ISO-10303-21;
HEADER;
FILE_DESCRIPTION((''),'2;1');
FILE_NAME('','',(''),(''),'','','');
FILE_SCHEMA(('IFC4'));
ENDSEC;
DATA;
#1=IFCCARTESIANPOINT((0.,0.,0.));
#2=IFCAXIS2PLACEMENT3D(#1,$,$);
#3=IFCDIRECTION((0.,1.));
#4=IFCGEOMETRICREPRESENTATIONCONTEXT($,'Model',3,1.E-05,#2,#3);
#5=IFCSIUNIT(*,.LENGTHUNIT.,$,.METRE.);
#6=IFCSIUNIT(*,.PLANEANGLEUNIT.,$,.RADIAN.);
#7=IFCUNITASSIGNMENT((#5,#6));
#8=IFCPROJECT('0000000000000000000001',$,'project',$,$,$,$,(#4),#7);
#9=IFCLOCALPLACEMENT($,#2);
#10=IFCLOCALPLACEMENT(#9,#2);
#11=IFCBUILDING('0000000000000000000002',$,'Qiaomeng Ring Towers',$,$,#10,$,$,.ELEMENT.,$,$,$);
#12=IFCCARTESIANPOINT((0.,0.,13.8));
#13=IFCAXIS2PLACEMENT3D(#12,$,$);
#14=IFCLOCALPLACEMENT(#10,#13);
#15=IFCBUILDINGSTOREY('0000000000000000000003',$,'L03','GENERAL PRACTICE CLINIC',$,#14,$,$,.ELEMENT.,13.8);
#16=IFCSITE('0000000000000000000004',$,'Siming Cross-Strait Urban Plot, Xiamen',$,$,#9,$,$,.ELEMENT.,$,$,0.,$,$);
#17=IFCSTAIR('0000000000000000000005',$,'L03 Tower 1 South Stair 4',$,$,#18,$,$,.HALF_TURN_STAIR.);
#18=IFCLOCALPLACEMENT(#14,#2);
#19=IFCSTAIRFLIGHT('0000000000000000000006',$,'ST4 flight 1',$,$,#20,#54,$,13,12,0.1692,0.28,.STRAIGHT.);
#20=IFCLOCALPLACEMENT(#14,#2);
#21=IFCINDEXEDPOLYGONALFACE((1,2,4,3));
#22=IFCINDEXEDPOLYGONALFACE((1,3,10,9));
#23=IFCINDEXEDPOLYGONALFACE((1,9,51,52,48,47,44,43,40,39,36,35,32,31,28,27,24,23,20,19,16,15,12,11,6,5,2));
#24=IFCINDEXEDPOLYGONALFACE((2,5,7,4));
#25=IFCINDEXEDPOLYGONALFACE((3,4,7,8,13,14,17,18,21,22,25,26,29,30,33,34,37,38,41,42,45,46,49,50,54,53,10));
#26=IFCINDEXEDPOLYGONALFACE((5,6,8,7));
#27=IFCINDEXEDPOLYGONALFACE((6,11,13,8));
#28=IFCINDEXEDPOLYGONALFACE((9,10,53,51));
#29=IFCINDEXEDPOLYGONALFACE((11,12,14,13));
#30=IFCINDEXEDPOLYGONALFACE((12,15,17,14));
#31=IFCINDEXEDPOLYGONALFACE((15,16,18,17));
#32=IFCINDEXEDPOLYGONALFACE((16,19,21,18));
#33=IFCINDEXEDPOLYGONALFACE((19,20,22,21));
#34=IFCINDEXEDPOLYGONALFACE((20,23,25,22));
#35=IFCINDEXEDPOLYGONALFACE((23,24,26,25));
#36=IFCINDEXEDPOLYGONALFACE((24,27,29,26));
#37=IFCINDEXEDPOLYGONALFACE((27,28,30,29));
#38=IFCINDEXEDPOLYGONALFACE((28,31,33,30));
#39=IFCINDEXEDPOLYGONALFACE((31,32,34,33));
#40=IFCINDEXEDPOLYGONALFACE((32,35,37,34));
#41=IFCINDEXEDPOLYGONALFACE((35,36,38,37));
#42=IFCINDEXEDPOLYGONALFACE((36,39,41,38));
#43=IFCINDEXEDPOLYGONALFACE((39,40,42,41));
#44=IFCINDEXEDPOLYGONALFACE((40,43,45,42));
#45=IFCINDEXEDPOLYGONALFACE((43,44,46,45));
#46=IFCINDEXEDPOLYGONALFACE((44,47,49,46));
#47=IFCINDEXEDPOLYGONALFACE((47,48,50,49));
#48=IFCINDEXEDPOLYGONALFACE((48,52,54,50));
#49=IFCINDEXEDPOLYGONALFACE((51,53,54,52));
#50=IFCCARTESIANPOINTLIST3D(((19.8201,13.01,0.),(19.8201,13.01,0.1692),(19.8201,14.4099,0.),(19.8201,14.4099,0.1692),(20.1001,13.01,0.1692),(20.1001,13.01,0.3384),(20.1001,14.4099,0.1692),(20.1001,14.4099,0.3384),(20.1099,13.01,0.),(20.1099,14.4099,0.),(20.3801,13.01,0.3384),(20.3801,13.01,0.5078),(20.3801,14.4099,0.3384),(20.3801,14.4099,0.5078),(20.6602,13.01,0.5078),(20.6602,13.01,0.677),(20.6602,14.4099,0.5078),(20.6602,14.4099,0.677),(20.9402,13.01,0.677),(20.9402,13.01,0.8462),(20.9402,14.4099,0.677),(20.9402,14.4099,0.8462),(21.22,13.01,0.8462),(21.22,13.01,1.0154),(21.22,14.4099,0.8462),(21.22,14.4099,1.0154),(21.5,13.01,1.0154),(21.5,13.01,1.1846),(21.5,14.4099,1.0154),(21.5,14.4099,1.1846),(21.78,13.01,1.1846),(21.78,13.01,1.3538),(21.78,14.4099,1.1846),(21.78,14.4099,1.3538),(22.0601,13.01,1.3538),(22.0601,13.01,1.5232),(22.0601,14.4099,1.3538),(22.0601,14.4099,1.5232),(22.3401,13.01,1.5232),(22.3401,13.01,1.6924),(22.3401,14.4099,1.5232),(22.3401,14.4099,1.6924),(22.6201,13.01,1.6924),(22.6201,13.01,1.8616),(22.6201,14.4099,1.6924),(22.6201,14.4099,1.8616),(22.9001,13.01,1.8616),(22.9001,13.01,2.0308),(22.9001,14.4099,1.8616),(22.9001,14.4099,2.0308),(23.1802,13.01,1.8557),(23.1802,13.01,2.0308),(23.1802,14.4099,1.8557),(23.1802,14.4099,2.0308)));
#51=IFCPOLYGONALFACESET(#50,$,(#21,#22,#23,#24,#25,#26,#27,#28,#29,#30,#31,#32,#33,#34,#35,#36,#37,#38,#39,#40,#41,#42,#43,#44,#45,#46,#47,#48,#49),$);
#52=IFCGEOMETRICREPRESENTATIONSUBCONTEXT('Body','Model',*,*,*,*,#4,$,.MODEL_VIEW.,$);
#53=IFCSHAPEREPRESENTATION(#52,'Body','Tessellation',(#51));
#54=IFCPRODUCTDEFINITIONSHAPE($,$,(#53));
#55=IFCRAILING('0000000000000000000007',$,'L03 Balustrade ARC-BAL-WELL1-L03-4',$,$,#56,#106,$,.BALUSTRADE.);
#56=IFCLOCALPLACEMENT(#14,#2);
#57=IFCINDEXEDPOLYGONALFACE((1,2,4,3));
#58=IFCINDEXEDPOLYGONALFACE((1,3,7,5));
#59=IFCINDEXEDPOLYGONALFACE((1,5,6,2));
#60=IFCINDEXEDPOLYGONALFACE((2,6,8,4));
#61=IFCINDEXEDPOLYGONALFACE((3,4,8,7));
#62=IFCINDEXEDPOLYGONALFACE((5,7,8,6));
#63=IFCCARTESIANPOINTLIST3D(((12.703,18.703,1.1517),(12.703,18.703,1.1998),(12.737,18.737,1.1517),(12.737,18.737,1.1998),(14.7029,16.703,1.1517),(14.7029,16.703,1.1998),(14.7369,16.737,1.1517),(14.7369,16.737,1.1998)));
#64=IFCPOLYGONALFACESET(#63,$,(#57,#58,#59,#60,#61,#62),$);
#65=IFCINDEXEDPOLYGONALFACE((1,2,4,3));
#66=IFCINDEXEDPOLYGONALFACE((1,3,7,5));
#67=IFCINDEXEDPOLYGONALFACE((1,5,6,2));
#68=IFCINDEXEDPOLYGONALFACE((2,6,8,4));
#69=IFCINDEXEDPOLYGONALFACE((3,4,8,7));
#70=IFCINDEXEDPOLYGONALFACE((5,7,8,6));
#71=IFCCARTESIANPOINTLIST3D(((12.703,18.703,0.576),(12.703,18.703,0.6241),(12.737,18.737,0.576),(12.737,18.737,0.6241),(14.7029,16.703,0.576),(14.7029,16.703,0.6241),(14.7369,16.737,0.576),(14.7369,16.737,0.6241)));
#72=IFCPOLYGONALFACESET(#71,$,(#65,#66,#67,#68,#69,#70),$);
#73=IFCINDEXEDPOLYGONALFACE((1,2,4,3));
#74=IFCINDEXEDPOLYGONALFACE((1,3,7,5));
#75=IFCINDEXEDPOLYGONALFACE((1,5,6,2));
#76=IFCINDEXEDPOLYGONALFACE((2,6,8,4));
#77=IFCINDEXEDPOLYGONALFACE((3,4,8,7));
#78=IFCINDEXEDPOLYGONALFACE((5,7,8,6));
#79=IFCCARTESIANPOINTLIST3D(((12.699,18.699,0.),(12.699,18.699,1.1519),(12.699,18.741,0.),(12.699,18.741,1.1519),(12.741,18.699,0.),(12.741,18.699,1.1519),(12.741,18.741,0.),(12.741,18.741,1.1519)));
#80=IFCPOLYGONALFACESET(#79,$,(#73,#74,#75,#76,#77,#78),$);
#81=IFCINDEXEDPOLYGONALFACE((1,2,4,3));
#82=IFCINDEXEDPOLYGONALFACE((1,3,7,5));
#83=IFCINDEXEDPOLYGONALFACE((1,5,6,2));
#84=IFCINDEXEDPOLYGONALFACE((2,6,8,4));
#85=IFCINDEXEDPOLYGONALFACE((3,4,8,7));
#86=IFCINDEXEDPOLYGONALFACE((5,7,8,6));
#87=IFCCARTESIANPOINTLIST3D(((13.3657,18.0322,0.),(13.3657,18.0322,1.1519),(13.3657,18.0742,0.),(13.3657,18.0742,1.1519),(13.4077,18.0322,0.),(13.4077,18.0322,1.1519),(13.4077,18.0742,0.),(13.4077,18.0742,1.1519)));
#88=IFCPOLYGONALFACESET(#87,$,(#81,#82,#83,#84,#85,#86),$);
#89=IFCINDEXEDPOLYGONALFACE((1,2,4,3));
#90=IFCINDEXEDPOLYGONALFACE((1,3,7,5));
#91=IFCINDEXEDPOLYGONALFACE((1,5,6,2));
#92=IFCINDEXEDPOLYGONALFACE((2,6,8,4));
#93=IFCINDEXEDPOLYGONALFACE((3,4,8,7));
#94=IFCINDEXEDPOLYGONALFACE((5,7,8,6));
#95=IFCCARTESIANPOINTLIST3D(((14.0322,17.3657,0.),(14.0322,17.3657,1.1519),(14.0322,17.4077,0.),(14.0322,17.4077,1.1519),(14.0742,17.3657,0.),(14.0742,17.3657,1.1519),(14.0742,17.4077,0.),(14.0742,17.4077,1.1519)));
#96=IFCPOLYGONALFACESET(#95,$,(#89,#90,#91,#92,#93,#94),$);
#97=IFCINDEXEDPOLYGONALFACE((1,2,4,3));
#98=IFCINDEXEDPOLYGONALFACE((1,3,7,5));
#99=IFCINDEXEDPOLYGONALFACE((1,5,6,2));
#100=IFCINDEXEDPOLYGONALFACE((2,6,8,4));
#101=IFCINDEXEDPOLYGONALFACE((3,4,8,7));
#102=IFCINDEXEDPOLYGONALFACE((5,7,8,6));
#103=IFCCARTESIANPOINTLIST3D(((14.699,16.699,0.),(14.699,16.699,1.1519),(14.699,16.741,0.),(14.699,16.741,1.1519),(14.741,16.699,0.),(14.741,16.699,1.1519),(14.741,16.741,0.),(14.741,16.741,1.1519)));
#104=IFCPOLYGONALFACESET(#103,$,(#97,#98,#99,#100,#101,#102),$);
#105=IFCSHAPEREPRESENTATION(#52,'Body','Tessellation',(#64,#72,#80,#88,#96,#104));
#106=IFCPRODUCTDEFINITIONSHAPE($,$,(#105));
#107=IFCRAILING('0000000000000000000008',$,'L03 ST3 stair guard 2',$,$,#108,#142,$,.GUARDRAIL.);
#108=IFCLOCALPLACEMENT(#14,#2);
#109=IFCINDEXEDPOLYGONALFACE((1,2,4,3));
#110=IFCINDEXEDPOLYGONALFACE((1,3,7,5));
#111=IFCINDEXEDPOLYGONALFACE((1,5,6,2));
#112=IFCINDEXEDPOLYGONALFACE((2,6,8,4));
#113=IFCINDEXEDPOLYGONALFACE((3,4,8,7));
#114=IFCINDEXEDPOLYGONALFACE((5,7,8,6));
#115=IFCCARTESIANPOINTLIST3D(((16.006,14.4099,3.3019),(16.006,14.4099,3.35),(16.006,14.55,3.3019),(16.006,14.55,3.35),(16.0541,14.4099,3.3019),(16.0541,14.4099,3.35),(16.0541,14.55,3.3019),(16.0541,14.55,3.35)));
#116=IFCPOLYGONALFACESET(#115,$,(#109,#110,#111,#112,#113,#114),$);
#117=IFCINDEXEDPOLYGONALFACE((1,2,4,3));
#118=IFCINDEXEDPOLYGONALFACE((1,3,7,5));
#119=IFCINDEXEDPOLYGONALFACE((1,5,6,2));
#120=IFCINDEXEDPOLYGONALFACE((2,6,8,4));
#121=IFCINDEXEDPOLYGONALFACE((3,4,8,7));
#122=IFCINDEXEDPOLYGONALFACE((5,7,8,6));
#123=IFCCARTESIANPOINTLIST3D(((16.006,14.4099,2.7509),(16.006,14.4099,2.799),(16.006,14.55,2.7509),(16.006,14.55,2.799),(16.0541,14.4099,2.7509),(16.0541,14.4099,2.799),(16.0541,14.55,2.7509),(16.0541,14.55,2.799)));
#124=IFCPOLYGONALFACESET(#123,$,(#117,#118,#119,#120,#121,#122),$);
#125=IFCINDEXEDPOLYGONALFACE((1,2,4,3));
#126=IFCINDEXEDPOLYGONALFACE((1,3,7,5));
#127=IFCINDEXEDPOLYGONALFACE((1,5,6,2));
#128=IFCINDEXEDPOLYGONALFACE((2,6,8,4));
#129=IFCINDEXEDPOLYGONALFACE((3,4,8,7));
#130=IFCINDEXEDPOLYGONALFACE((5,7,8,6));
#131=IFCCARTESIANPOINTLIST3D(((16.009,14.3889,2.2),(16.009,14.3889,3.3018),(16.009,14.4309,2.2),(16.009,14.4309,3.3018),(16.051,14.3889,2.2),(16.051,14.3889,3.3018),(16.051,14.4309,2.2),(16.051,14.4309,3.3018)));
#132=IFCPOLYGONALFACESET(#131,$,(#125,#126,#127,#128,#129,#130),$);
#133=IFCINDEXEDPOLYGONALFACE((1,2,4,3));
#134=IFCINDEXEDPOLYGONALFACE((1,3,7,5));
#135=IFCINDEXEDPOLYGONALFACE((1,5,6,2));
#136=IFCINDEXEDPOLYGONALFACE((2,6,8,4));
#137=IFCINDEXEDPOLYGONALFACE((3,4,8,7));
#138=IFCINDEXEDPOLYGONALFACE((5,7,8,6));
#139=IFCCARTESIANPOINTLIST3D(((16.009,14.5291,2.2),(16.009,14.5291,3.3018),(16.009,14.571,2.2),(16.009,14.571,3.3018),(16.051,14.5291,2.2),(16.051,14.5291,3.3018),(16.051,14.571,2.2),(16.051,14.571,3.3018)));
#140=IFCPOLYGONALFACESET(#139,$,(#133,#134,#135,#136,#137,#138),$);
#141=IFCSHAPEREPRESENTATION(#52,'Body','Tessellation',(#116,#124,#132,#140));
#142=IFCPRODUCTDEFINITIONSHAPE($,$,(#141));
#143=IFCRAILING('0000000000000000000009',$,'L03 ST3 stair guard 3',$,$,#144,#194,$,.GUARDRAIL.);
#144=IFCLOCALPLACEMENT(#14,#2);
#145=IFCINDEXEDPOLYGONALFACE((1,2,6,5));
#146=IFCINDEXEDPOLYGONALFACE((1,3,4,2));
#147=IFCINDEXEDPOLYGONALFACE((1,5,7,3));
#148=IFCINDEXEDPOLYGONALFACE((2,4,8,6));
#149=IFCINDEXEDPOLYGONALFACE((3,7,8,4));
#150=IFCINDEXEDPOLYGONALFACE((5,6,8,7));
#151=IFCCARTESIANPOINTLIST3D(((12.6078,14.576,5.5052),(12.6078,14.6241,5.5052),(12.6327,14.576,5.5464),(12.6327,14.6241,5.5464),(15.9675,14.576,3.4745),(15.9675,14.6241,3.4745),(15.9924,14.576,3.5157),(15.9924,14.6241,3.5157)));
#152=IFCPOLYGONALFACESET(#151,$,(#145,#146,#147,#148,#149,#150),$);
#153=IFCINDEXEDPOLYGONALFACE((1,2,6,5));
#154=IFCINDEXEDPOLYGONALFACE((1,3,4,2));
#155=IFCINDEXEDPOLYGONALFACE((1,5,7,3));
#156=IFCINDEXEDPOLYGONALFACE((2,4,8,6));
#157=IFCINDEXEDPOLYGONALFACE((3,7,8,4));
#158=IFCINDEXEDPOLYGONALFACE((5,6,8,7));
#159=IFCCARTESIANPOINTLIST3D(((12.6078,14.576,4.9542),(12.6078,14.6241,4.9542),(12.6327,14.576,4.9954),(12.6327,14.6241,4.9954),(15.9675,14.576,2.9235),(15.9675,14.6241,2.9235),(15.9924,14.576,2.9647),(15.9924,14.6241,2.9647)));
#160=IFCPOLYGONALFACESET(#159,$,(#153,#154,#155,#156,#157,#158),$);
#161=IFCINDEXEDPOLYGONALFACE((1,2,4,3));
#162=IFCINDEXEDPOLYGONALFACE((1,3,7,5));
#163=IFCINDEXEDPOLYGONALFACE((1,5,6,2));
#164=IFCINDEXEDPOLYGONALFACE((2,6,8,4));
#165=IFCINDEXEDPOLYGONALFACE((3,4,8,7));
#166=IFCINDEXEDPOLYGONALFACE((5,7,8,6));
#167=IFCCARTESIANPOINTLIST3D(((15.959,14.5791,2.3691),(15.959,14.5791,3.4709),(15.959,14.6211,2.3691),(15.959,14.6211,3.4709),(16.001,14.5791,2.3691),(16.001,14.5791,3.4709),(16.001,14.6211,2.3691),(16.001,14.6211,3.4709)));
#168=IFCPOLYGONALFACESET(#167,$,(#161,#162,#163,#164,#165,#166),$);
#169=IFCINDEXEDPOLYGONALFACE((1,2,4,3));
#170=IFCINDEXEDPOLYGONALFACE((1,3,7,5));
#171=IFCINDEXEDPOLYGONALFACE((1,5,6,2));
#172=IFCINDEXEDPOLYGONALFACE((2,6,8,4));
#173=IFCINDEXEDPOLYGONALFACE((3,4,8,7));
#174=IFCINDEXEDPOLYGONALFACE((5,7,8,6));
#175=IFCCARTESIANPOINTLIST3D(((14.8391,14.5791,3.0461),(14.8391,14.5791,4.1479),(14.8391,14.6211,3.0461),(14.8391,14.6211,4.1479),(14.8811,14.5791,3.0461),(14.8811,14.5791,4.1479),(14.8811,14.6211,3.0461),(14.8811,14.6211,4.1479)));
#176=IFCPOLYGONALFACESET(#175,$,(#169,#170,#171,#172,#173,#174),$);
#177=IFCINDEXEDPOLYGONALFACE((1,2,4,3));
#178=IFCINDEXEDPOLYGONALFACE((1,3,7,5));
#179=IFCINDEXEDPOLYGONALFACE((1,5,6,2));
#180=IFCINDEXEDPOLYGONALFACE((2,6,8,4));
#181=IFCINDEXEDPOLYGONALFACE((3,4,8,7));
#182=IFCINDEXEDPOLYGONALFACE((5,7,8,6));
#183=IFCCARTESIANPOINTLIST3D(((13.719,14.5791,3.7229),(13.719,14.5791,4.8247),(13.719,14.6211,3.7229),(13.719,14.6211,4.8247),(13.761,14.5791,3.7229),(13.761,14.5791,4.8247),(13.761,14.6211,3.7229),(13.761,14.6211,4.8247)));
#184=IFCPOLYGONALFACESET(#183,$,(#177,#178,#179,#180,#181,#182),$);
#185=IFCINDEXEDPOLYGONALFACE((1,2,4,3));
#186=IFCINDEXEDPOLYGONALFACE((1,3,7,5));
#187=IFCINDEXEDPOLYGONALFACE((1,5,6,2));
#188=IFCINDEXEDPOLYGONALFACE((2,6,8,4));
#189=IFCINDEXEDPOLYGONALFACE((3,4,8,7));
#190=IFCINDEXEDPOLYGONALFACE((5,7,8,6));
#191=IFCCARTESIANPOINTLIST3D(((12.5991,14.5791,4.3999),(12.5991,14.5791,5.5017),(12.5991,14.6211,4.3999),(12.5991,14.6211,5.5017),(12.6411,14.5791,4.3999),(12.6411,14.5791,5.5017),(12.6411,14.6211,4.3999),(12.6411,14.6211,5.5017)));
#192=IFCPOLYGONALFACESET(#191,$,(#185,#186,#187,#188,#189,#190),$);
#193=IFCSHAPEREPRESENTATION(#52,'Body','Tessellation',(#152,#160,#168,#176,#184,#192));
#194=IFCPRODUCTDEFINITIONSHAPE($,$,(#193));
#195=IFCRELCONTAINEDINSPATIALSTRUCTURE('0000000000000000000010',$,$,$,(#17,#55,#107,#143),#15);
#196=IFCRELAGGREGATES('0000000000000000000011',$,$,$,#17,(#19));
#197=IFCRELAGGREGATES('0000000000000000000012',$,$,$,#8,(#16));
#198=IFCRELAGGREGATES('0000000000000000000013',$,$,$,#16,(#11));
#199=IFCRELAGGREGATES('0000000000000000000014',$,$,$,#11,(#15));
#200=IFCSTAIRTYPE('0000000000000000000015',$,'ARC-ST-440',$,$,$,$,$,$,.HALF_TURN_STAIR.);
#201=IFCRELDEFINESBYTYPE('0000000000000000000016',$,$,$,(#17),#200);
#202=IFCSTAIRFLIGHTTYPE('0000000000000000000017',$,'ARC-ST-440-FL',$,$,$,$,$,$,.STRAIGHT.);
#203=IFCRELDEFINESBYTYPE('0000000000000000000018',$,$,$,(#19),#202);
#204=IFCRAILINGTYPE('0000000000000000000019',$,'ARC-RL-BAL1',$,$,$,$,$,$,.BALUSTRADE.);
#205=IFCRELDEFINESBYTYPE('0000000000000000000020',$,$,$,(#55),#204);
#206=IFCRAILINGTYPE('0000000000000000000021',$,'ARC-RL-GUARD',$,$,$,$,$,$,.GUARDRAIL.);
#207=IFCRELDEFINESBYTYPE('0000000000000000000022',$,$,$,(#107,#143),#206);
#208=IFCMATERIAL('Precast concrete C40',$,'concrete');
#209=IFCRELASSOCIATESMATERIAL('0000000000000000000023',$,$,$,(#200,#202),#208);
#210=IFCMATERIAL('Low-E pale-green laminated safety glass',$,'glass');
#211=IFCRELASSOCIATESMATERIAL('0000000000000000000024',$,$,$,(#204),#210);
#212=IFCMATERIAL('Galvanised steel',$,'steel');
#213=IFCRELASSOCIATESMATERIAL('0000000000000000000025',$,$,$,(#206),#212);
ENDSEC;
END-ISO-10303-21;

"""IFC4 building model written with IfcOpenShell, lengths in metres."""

from ifc_helpers import new_model, si_unit, direction, frame, origin, origin_2d, place, context, subcontext, project, spatial, polyline, rectangle, outline, extrude, source, transform, mapped, material, type_object, element, aggregate, save


model = new_model("IFC4")

# Units and contexts
model_context = context("Model", 3, precision=1e-05, world=origin(), true_north=direction((0.0, 1.0)))
body_context = subcontext(model_context, "Body", "Model", "MODEL_VIEW")
ifc_project = project(units=[si_unit("LENGTHUNIT", "METRE"), si_unit("PLANEANGLEUNIT", "RADIAN")], contexts=[model_context])

# Site, building, storey
site_placement = place(None, origin())
site = spatial("IfcSite", under=ifc_project, at=site_placement, Name="Siming Cross-Strait Urban Plot, Xiamen", CompositionType="ELEMENT", RefElevation=0.0)
building_placement = place(site_placement, origin())
building = spatial("IfcBuilding", under=site, at=building_placement, Name="Qiaomeng Ring Towers", CompositionType="ELEMENT")
storey_placement = place(building_placement, frame((0.0, 0.0, 13.8)))
storey = spatial("IfcBuildingStorey", under=building, at=storey_placement, Name="L03", Description="GENERAL PRACTICE CLINIC", CompositionType="ELEMENT", Elevation=13.8)

# Shared definitions
ifc_material_1 = material(Name="Precast concrete C40", Category="concrete")
ifc_material_2 = material(Name="Low-E pale-green laminated safety glass", Category="glass")

# Shared definitions
ifc_material_3 = material(Name="Galvanised steel", Category="steel")

# Stair, stair flight
stair_type = type_object("IfcStairType", Name="ARC-ST-440", PredefinedType="HALF_TURN_STAIR", material=ifc_material_1)
stair_flight_type = type_object("IfcStairFlightType", Name="ARC-ST-440-FL", PredefinedType="STRAIGHT", material=ifc_material_1)
shared_shape_1 = source(origin(), body_context, "Body", "SweptSolid", [
    extrude(outline(polyline([(0.0, 0.0), (0.0, 0.1692), (0.28, 0.1692), (0.28, 0.3384), (0.5601, 0.3384), (0.5601, 0.5078), (0.8401, 0.5078), (0.8401, 0.677), (1.1201, 0.677), (1.1201, 0.8462), (1.3999, 0.8462), (1.3999, 1.0154), (1.6799, 1.0154), (1.6799, 1.1846), (1.96, 1.1846), (1.96, 1.3538), (2.24, 1.3538), (2.24, 1.5232), (2.52, 1.5232), (2.52, 1.6924), (2.8, 1.6924), (2.8, 1.8616), (3.0801, 1.8616), (3.0801, 2.0308), (3.3601, 2.0308), (3.3601, 2.2), (3.3601, 1.8557), (0.2898, 0.0), (0.0, 0.0)])), frame((0.0, 0.7, 0.0), z_axis=(0.0, -1.0, 0.0), x_axis=(1.0, 0.0, 0.0)), (0.0, 0.0, 1.0), 1.3999),
])
stair_1_placement = place(storey_placement, origin())
stair_1 = element("IfcStair", 1, at=stair_1_placement, inside=storey, type_object=stair_type, Name="L03 Tower 1 South Stair 4", PredefinedType="HALF_TURN_STAIR")
stair_flight_1_placement = place(storey_placement, frame((19.8201, 13.71, 0.0), z_axis=(0.0, 0.0, 1.0), x_axis=(1.0, 0.0, 0.0)))
stair_flight_1 = element("IfcStairFlight", 2, at=stair_flight_1_placement, type_object=stair_flight_type, Name="ST4 flight 1", NumberOfRisers=13, NumberOfTreads=12, PredefinedType="STRAIGHT", RiserHeight=0.1692, TreadLength=0.28, context=body_context, shape_type="MappedRepresentation", body=[
    mapped(shared_shape_1, transform((0.0, 0.0, 0.0), x_axis=(1.0, 0.0, 0.0), y_axis=(0.0, 1.0, 0.0), z_axis=(0.0, 0.0, 1.0), scale=1.0)),
])
aggregate(stair_1, [stair_flight_1])

# Railings
railing_type_1 = type_object("IfcRailingType", Name="ARC-RL-BAL1", PredefinedType="BALUSTRADE", material=ifc_material_2)
railing_1_placement = place(storey_placement, frame((12.72, 18.72, 0.0)))
element("IfcRailing", 3, at=railing_1_placement, inside=storey, type_object=railing_type_1, Name="L03 Balustrade ARC-BAL-WELL1-L03-4", PredefinedType="BALUSTRADE", context=body_context, shape_type="SweptSolid", body=[
    extrude(rectangle(XDim=0.0481, YDim=0.0481, at=origin_2d()), frame((0.0, 0.0, 1.1758), z_axis=(0.707107, -0.707107, 0.0), x_axis=(0.707107, 0.707107, 0.0)), (0.0, 0.0, 1.0), 2.8284),
    extrude(rectangle(XDim=0.0481, YDim=0.0481, at=origin_2d()), frame((0.0, 0.0, 0.6001), z_axis=(0.707107, -0.707107, 0.0), x_axis=(0.707107, 0.707107, 0.0)), (0.0, 0.0, 1.0), 2.8284),
    extrude(rectangle(XDim=0.042, YDim=0.042, at=origin_2d()), origin(), (0.0, 0.0, 1.0), 1.1519),
    extrude(rectangle(XDim=0.042, YDim=0.042, at=origin_2d()), frame((0.6667, -0.6667, 0.0)), (0.0, 0.0, 1.0), 1.1519),
    extrude(rectangle(XDim=0.042, YDim=0.042, at=origin_2d()), frame((1.3333, -1.3333, 0.0)), (0.0, 0.0, 1.0), 1.1519),
    extrude(rectangle(XDim=0.042, YDim=0.042, at=origin_2d()), frame((2.0, -2.0, 0.0)), (0.0, 0.0, 1.0), 1.1519),
])
railing_type_2 = type_object("IfcRailingType", Name="ARC-RL-GUARD", PredefinedType="GUARDRAIL", material=ifc_material_3)
railing_2_placement = place(storey_placement, frame((16.03, 14.4099, 2.2)))
element("IfcRailing", 4, at=railing_2_placement, inside=storey, type_object=railing_type_2, Name="L03 ST3 stair guard 2", PredefinedType="GUARDRAIL", context=body_context, shape_type="SweptSolid", body=[
    extrude(rectangle(XDim=0.0481, YDim=0.0481, at=origin_2d()), frame((0.0, 0.0, 1.126), z_axis=(0.0, 1.0, 0.0), x_axis=(-1.0, 0.0, 0.0)), (0.0, 0.0, 1.0), 0.1401),
    extrude(rectangle(XDim=0.0481, YDim=0.0481, at=origin_2d()), frame((0.0, 0.0, 0.575), z_axis=(0.0, 1.0, 0.0), x_axis=(-1.0, 0.0, 0.0)), (0.0, 0.0, 1.0), 0.1401),
    extrude(rectangle(XDim=0.042, YDim=0.042, at=origin_2d()), origin(), (0.0, 0.0, 1.0), 1.1018),
    extrude(rectangle(XDim=0.042, YDim=0.042, at=origin_2d()), frame((0.0, 0.1401, 0.0)), (0.0, 0.0, 1.0), 1.1018),
])
railing_3_placement = place(storey_placement, frame((15.98, 14.6001, 2.3691)))
element("IfcRailing", 5, at=railing_3_placement, inside=storey, type_object=railing_type_2, Name="L03 ST3 stair guard 3", PredefinedType="GUARDRAIL", context=body_context, shape_type="SweptSolid", body=[
    extrude(rectangle(XDim=0.0481, YDim=0.0481, at=origin_2d()), frame((0.0, 0.0, 1.126), z_axis=(-0.85582, 0.0, 0.517273), x_axis=(0.0, -1.0, 0.0)), (0.0, 0.0, 1.0), 3.9258),
    extrude(rectangle(XDim=0.0481, YDim=0.0481, at=origin_2d()), frame((0.0, 0.0, 0.575), z_axis=(-0.85582, 0.0, 0.517273), x_axis=(0.0, -1.0, 0.0)), (0.0, 0.0, 1.0), 3.9258),
    extrude(rectangle(XDim=0.042, YDim=0.042, at=origin_2d()), origin(), (0.0, 0.0, 1.0), 1.1018),
    extrude(rectangle(XDim=0.042, YDim=0.042, at=origin_2d()), frame((-1.1199, 0.0, 0.677)), (0.0, 0.0, 1.0), 1.1018),
    extrude(rectangle(XDim=0.042, YDim=0.042, at=origin_2d()), frame((-2.24, 0.0, 1.3538)), (0.0, 0.0, 1.0), 1.1018),
    extrude(rectangle(XDim=0.042, YDim=0.042, at=origin_2d()), frame((-3.3599, 0.0, 2.0308)), (0.0, 0.0, 1.0), 1.1018),
])

save(model, "model.ifc")
